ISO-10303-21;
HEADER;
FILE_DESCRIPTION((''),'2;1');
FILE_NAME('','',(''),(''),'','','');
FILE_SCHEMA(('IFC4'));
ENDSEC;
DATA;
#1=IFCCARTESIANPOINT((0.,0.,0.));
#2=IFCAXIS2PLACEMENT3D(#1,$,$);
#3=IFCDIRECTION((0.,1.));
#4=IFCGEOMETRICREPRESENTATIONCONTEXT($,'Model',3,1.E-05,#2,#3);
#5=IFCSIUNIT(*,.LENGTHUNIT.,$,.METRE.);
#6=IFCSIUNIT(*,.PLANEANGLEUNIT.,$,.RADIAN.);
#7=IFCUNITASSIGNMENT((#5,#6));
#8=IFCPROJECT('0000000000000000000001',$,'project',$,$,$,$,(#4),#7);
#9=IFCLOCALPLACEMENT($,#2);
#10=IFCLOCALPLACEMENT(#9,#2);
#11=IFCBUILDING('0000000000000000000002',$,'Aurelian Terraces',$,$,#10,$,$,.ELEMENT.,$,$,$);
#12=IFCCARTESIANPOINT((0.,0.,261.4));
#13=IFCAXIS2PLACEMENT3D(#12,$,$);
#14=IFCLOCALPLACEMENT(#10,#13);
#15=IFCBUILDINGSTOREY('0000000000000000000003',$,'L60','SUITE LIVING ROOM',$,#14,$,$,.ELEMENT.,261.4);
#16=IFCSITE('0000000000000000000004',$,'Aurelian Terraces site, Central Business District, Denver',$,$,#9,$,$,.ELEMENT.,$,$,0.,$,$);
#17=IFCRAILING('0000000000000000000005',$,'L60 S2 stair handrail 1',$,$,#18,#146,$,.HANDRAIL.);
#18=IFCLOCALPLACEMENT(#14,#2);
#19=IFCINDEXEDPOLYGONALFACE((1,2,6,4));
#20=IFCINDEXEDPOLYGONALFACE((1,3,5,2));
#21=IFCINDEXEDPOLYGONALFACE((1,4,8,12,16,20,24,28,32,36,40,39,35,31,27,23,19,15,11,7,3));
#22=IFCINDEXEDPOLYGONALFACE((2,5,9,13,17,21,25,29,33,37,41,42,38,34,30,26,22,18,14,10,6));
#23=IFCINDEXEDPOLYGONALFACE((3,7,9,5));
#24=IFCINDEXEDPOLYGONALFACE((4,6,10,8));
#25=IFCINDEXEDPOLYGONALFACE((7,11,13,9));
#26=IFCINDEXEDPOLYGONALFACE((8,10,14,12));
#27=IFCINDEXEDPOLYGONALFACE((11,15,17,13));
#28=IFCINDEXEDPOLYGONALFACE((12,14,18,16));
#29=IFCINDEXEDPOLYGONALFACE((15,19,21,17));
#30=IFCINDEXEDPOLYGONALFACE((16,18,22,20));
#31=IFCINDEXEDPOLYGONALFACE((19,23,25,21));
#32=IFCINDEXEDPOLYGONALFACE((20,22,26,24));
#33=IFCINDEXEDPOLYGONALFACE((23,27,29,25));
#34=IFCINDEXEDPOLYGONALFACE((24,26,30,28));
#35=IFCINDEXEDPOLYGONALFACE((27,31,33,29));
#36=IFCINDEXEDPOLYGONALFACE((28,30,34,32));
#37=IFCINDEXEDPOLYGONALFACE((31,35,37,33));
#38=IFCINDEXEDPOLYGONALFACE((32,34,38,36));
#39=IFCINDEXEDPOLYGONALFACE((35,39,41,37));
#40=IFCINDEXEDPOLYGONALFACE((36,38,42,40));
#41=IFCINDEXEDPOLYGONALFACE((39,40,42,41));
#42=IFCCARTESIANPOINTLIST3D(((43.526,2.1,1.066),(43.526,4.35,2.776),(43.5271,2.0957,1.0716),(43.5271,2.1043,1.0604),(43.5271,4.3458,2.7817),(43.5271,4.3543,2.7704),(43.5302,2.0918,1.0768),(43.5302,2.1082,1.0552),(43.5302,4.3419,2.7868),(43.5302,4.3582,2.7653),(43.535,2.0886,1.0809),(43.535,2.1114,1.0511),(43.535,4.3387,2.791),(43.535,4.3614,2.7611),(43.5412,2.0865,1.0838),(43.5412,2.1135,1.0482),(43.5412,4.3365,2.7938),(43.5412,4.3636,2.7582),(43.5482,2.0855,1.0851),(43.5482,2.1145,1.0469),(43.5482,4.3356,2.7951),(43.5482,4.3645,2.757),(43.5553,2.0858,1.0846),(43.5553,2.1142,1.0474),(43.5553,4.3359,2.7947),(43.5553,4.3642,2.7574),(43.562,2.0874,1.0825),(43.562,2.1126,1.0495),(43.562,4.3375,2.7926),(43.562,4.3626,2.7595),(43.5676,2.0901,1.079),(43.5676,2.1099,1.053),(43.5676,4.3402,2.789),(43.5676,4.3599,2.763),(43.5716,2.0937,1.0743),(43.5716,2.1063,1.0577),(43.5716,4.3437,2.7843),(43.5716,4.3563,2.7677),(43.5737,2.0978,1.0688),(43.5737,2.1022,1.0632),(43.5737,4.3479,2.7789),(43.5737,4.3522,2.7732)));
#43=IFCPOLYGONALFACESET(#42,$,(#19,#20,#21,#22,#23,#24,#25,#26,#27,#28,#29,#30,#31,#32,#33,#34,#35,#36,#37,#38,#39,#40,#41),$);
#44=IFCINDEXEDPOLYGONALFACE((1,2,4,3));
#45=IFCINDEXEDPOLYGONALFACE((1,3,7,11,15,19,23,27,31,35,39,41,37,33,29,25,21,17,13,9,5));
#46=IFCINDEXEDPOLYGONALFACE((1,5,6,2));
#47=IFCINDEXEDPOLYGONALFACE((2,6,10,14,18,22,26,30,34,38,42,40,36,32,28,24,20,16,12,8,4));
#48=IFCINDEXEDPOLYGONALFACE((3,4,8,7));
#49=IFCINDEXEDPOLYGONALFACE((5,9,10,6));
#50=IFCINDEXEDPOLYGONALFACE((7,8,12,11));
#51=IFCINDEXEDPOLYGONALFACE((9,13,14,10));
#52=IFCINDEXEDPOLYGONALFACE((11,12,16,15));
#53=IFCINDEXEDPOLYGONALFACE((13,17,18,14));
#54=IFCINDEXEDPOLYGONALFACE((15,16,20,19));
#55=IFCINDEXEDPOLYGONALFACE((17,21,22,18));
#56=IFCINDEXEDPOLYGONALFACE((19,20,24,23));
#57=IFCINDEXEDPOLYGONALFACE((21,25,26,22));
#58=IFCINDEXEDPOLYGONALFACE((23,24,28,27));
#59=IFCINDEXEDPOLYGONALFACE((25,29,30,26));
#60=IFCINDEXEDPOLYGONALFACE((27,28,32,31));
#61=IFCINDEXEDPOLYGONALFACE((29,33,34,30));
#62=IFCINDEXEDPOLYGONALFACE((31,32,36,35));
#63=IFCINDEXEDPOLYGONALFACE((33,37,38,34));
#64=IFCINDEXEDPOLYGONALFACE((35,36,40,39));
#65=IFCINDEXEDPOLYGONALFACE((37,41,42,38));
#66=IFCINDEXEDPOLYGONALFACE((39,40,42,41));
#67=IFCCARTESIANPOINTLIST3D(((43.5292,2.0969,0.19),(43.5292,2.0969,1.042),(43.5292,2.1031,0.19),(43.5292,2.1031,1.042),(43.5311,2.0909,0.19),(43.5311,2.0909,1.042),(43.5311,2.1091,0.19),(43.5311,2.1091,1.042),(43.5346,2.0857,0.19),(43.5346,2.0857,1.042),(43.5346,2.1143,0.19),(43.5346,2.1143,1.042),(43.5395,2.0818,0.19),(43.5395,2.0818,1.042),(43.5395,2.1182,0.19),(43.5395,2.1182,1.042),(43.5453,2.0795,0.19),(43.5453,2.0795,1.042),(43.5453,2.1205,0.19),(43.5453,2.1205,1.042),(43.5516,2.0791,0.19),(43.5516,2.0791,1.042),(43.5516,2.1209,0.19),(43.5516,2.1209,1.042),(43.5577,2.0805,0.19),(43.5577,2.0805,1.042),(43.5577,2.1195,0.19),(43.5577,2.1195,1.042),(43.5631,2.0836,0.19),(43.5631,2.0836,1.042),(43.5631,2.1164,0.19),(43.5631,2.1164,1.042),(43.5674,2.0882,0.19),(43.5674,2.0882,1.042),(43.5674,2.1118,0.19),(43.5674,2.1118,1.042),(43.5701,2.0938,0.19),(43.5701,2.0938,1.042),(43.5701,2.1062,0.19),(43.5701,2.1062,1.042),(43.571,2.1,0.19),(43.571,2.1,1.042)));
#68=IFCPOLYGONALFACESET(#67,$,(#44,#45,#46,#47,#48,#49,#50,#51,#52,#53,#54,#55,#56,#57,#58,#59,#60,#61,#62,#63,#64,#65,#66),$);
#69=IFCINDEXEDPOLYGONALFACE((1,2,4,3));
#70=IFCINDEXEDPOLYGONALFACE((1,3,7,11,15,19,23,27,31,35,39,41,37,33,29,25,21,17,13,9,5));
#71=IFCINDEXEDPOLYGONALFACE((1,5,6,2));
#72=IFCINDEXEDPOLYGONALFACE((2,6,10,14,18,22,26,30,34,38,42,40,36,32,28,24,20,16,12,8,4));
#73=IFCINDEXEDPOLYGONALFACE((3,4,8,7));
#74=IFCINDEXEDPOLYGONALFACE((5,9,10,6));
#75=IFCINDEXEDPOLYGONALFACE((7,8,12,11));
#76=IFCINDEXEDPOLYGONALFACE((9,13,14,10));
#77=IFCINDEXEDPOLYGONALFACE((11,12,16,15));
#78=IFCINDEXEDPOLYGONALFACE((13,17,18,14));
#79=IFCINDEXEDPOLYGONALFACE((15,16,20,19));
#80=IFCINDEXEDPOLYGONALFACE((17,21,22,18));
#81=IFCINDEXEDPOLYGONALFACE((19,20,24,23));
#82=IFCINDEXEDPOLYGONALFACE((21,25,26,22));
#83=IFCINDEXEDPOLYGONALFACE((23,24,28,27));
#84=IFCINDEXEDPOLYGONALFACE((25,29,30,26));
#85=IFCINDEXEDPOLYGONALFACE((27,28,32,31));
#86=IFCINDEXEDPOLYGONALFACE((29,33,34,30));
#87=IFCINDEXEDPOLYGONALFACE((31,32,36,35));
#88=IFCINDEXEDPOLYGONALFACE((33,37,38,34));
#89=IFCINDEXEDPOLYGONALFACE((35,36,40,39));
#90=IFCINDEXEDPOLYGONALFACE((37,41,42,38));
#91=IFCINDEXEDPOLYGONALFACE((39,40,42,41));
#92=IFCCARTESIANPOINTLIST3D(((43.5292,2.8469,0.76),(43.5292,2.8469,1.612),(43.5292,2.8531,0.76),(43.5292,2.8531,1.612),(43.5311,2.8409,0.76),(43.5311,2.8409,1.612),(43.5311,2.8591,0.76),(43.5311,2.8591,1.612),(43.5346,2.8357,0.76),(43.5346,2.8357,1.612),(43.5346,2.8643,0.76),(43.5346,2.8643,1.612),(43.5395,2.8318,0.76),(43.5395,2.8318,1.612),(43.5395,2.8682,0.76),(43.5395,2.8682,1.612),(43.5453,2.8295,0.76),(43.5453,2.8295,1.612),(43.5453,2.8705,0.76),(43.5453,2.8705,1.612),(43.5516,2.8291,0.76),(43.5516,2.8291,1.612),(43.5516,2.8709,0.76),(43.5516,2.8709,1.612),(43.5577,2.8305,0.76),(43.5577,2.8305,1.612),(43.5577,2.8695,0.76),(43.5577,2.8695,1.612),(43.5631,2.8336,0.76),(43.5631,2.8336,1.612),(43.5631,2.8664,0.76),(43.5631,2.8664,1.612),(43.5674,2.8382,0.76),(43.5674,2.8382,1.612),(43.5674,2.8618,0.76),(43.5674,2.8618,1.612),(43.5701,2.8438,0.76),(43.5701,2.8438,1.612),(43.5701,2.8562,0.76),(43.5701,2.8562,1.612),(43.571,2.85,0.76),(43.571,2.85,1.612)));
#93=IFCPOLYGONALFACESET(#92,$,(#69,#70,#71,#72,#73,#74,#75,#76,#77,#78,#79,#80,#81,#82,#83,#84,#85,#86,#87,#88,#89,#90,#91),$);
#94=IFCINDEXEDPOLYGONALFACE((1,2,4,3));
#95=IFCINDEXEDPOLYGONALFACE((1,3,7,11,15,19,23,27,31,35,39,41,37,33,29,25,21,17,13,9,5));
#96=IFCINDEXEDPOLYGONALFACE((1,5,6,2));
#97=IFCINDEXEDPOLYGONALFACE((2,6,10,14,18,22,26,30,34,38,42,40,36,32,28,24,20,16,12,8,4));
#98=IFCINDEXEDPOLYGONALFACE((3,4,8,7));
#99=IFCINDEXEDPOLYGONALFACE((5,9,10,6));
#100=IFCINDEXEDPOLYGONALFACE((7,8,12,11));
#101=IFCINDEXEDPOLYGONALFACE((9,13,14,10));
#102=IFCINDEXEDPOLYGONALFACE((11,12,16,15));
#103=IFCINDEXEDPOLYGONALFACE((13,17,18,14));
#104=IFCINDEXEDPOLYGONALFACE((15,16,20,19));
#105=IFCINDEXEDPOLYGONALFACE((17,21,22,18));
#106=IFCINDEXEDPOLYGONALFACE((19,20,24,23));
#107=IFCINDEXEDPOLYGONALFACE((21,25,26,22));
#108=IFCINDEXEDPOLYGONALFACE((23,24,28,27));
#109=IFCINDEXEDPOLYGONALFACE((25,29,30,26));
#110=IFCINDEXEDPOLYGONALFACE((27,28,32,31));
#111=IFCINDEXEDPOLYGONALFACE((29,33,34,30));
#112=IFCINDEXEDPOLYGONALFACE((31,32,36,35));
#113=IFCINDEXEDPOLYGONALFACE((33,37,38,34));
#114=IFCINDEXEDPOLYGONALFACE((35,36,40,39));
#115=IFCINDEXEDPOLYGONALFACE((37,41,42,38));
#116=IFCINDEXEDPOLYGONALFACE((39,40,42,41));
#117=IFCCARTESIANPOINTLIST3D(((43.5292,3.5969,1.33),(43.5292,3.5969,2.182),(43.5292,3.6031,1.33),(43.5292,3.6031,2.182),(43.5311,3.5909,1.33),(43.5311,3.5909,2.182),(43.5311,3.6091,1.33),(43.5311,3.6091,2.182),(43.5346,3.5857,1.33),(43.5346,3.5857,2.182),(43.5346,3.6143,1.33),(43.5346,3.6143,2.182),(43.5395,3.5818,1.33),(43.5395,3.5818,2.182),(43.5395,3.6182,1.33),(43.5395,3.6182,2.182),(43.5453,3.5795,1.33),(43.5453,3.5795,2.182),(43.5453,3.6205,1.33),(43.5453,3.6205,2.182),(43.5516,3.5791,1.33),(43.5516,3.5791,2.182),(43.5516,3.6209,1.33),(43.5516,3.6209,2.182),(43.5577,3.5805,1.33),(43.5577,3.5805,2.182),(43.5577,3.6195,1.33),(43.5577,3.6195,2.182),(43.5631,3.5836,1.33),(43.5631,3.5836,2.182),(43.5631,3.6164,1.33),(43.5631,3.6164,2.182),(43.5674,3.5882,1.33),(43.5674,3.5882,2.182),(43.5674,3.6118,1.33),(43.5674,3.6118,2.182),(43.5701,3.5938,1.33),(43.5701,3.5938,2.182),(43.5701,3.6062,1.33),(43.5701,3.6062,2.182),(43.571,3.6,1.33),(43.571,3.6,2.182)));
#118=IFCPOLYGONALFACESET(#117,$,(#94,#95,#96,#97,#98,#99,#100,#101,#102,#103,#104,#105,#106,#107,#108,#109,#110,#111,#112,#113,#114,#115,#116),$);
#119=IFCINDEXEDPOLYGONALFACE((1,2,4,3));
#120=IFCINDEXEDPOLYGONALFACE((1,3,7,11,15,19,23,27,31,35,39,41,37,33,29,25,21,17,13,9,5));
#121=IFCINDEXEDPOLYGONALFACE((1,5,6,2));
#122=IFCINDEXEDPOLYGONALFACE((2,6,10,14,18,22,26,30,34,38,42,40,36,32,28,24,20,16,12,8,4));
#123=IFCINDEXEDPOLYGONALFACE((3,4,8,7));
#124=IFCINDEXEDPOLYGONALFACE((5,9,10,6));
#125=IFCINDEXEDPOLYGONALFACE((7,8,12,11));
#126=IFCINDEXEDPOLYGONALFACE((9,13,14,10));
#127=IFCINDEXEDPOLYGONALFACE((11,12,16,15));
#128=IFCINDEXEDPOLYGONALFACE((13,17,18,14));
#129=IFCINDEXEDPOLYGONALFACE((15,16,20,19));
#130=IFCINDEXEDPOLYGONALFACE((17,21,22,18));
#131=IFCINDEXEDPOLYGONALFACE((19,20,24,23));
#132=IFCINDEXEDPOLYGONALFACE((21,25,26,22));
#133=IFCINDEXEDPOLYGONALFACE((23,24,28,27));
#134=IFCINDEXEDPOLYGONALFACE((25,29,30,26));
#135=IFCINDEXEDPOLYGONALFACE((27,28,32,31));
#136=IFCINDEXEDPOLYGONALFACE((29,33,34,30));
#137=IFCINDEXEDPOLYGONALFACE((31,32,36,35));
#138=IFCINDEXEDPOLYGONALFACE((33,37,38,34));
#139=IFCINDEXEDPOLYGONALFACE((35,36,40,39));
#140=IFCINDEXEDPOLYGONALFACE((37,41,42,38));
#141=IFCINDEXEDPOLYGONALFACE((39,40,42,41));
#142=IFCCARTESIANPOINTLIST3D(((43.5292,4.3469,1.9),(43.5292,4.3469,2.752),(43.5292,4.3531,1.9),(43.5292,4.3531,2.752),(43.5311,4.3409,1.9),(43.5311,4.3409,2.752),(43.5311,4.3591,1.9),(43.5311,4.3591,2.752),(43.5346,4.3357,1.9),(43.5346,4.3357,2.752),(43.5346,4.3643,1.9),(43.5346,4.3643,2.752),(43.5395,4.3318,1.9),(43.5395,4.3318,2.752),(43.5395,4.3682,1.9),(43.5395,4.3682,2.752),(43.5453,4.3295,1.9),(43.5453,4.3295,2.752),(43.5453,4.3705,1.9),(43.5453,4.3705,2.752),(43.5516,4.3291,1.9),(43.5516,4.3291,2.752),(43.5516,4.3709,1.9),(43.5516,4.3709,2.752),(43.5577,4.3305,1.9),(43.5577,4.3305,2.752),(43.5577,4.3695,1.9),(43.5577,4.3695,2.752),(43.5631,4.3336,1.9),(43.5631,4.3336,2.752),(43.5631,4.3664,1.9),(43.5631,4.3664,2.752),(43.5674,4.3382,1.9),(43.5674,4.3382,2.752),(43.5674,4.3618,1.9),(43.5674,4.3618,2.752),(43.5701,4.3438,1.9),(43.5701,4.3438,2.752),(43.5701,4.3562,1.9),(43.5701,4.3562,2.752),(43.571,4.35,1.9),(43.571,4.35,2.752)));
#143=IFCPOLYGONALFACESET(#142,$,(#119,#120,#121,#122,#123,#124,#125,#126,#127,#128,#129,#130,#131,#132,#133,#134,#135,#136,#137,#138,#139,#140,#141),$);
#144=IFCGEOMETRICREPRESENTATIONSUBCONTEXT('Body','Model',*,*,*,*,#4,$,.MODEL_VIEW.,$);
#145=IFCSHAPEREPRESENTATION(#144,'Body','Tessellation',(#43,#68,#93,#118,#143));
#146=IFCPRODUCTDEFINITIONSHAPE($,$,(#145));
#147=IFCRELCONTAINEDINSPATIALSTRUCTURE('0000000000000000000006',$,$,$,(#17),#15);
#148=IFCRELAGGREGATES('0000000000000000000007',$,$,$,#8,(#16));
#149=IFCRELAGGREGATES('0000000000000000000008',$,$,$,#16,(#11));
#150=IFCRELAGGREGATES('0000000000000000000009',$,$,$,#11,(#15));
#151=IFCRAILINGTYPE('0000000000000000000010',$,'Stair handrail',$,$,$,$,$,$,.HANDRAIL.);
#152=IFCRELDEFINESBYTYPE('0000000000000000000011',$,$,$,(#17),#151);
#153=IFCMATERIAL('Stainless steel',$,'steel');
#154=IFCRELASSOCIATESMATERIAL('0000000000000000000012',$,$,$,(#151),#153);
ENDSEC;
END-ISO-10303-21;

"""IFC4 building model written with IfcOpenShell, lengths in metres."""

from ifc_helpers import new_model, si_unit, direction, frame, origin, origin_2d, place, context, subcontext, project, spatial, circle, extrude, source, transform, mapped, material, type_object, element, save


model = new_model("IFC4")

# Units and contexts
model_context = context("Model", 3, precision=1e-05, world=origin(), true_north=direction((0.0, 1.0)))
body_context = subcontext(model_context, "Body", "Model", "MODEL_VIEW")
ifc_project = project(units=[si_unit("LENGTHUNIT", "METRE"), si_unit("PLANEANGLEUNIT", "RADIAN")], contexts=[model_context])

# Site, building, storey
site_placement = place(None, origin())
site = spatial("IfcSite", under=ifc_project, at=site_placement, Name="Aurelian Terraces site, Central Business District, Denver", CompositionType="ELEMENT", RefElevation=0.0)
building_placement = place(site_placement, origin())
building = spatial("IfcBuilding", under=site, at=building_placement, Name="Aurelian Terraces", CompositionType="ELEMENT")
storey_placement = place(building_placement, frame((0.0, 0.0, 261.4)))
storey = spatial("IfcBuildingStorey", under=building, at=storey_placement, Name="L60", Description="SUITE LIVING ROOM", CompositionType="ELEMENT", Elevation=261.4)

# Railing
ifc_material_1 = material(Name="Stainless steel", Category="steel")
railing_type_1 = type_object("IfcRailingType", Name="Stair handrail", PredefinedType="HANDRAIL", material=ifc_material_1)
shared_shape_1 = source(origin(), body_context, "Body", "SweptSolid", [
    extrude(circle(Radius=0.024, at=origin_2d()), frame((0.0, 0.0, 0.876), z_axis=(0.0, 0.796162, 0.605083), x_axis=(-1.0, 0.0, 0.0)), (0.0, 0.0, 1.0), 2.8261),
    extrude(circle(Radius=0.021, at=origin_2d()), origin(), (0.0, 0.0, 1.0), 0.852),
    extrude(circle(Radius=0.021, at=origin_2d()), frame((0.0, 0.75, 0.57)), (0.0, 0.0, 1.0), 0.852),
    extrude(circle(Radius=0.021, at=origin_2d()), frame((0.0, 1.5, 1.14)), (0.0, 0.0, 1.0), 0.852),
    extrude(circle(Radius=0.021, at=origin_2d()), frame((0.0, 2.25, 1.71)), (0.0, 0.0, 1.0), 0.852),
])
railing_1_placement = place(storey_placement, frame((43.55, 2.1, 0.19)))
element("IfcRailing", 1, at=railing_1_placement, inside=storey, type_object=railing_type_1, Name="L60 S2 stair handrail 1", PredefinedType="HANDRAIL", context=body_context, shape_type="MappedRepresentation", body=[
    mapped(shared_shape_1, transform((0.0, 0.0, 0.0), scale=1.0)),
])

save(model, "model.ifc")
